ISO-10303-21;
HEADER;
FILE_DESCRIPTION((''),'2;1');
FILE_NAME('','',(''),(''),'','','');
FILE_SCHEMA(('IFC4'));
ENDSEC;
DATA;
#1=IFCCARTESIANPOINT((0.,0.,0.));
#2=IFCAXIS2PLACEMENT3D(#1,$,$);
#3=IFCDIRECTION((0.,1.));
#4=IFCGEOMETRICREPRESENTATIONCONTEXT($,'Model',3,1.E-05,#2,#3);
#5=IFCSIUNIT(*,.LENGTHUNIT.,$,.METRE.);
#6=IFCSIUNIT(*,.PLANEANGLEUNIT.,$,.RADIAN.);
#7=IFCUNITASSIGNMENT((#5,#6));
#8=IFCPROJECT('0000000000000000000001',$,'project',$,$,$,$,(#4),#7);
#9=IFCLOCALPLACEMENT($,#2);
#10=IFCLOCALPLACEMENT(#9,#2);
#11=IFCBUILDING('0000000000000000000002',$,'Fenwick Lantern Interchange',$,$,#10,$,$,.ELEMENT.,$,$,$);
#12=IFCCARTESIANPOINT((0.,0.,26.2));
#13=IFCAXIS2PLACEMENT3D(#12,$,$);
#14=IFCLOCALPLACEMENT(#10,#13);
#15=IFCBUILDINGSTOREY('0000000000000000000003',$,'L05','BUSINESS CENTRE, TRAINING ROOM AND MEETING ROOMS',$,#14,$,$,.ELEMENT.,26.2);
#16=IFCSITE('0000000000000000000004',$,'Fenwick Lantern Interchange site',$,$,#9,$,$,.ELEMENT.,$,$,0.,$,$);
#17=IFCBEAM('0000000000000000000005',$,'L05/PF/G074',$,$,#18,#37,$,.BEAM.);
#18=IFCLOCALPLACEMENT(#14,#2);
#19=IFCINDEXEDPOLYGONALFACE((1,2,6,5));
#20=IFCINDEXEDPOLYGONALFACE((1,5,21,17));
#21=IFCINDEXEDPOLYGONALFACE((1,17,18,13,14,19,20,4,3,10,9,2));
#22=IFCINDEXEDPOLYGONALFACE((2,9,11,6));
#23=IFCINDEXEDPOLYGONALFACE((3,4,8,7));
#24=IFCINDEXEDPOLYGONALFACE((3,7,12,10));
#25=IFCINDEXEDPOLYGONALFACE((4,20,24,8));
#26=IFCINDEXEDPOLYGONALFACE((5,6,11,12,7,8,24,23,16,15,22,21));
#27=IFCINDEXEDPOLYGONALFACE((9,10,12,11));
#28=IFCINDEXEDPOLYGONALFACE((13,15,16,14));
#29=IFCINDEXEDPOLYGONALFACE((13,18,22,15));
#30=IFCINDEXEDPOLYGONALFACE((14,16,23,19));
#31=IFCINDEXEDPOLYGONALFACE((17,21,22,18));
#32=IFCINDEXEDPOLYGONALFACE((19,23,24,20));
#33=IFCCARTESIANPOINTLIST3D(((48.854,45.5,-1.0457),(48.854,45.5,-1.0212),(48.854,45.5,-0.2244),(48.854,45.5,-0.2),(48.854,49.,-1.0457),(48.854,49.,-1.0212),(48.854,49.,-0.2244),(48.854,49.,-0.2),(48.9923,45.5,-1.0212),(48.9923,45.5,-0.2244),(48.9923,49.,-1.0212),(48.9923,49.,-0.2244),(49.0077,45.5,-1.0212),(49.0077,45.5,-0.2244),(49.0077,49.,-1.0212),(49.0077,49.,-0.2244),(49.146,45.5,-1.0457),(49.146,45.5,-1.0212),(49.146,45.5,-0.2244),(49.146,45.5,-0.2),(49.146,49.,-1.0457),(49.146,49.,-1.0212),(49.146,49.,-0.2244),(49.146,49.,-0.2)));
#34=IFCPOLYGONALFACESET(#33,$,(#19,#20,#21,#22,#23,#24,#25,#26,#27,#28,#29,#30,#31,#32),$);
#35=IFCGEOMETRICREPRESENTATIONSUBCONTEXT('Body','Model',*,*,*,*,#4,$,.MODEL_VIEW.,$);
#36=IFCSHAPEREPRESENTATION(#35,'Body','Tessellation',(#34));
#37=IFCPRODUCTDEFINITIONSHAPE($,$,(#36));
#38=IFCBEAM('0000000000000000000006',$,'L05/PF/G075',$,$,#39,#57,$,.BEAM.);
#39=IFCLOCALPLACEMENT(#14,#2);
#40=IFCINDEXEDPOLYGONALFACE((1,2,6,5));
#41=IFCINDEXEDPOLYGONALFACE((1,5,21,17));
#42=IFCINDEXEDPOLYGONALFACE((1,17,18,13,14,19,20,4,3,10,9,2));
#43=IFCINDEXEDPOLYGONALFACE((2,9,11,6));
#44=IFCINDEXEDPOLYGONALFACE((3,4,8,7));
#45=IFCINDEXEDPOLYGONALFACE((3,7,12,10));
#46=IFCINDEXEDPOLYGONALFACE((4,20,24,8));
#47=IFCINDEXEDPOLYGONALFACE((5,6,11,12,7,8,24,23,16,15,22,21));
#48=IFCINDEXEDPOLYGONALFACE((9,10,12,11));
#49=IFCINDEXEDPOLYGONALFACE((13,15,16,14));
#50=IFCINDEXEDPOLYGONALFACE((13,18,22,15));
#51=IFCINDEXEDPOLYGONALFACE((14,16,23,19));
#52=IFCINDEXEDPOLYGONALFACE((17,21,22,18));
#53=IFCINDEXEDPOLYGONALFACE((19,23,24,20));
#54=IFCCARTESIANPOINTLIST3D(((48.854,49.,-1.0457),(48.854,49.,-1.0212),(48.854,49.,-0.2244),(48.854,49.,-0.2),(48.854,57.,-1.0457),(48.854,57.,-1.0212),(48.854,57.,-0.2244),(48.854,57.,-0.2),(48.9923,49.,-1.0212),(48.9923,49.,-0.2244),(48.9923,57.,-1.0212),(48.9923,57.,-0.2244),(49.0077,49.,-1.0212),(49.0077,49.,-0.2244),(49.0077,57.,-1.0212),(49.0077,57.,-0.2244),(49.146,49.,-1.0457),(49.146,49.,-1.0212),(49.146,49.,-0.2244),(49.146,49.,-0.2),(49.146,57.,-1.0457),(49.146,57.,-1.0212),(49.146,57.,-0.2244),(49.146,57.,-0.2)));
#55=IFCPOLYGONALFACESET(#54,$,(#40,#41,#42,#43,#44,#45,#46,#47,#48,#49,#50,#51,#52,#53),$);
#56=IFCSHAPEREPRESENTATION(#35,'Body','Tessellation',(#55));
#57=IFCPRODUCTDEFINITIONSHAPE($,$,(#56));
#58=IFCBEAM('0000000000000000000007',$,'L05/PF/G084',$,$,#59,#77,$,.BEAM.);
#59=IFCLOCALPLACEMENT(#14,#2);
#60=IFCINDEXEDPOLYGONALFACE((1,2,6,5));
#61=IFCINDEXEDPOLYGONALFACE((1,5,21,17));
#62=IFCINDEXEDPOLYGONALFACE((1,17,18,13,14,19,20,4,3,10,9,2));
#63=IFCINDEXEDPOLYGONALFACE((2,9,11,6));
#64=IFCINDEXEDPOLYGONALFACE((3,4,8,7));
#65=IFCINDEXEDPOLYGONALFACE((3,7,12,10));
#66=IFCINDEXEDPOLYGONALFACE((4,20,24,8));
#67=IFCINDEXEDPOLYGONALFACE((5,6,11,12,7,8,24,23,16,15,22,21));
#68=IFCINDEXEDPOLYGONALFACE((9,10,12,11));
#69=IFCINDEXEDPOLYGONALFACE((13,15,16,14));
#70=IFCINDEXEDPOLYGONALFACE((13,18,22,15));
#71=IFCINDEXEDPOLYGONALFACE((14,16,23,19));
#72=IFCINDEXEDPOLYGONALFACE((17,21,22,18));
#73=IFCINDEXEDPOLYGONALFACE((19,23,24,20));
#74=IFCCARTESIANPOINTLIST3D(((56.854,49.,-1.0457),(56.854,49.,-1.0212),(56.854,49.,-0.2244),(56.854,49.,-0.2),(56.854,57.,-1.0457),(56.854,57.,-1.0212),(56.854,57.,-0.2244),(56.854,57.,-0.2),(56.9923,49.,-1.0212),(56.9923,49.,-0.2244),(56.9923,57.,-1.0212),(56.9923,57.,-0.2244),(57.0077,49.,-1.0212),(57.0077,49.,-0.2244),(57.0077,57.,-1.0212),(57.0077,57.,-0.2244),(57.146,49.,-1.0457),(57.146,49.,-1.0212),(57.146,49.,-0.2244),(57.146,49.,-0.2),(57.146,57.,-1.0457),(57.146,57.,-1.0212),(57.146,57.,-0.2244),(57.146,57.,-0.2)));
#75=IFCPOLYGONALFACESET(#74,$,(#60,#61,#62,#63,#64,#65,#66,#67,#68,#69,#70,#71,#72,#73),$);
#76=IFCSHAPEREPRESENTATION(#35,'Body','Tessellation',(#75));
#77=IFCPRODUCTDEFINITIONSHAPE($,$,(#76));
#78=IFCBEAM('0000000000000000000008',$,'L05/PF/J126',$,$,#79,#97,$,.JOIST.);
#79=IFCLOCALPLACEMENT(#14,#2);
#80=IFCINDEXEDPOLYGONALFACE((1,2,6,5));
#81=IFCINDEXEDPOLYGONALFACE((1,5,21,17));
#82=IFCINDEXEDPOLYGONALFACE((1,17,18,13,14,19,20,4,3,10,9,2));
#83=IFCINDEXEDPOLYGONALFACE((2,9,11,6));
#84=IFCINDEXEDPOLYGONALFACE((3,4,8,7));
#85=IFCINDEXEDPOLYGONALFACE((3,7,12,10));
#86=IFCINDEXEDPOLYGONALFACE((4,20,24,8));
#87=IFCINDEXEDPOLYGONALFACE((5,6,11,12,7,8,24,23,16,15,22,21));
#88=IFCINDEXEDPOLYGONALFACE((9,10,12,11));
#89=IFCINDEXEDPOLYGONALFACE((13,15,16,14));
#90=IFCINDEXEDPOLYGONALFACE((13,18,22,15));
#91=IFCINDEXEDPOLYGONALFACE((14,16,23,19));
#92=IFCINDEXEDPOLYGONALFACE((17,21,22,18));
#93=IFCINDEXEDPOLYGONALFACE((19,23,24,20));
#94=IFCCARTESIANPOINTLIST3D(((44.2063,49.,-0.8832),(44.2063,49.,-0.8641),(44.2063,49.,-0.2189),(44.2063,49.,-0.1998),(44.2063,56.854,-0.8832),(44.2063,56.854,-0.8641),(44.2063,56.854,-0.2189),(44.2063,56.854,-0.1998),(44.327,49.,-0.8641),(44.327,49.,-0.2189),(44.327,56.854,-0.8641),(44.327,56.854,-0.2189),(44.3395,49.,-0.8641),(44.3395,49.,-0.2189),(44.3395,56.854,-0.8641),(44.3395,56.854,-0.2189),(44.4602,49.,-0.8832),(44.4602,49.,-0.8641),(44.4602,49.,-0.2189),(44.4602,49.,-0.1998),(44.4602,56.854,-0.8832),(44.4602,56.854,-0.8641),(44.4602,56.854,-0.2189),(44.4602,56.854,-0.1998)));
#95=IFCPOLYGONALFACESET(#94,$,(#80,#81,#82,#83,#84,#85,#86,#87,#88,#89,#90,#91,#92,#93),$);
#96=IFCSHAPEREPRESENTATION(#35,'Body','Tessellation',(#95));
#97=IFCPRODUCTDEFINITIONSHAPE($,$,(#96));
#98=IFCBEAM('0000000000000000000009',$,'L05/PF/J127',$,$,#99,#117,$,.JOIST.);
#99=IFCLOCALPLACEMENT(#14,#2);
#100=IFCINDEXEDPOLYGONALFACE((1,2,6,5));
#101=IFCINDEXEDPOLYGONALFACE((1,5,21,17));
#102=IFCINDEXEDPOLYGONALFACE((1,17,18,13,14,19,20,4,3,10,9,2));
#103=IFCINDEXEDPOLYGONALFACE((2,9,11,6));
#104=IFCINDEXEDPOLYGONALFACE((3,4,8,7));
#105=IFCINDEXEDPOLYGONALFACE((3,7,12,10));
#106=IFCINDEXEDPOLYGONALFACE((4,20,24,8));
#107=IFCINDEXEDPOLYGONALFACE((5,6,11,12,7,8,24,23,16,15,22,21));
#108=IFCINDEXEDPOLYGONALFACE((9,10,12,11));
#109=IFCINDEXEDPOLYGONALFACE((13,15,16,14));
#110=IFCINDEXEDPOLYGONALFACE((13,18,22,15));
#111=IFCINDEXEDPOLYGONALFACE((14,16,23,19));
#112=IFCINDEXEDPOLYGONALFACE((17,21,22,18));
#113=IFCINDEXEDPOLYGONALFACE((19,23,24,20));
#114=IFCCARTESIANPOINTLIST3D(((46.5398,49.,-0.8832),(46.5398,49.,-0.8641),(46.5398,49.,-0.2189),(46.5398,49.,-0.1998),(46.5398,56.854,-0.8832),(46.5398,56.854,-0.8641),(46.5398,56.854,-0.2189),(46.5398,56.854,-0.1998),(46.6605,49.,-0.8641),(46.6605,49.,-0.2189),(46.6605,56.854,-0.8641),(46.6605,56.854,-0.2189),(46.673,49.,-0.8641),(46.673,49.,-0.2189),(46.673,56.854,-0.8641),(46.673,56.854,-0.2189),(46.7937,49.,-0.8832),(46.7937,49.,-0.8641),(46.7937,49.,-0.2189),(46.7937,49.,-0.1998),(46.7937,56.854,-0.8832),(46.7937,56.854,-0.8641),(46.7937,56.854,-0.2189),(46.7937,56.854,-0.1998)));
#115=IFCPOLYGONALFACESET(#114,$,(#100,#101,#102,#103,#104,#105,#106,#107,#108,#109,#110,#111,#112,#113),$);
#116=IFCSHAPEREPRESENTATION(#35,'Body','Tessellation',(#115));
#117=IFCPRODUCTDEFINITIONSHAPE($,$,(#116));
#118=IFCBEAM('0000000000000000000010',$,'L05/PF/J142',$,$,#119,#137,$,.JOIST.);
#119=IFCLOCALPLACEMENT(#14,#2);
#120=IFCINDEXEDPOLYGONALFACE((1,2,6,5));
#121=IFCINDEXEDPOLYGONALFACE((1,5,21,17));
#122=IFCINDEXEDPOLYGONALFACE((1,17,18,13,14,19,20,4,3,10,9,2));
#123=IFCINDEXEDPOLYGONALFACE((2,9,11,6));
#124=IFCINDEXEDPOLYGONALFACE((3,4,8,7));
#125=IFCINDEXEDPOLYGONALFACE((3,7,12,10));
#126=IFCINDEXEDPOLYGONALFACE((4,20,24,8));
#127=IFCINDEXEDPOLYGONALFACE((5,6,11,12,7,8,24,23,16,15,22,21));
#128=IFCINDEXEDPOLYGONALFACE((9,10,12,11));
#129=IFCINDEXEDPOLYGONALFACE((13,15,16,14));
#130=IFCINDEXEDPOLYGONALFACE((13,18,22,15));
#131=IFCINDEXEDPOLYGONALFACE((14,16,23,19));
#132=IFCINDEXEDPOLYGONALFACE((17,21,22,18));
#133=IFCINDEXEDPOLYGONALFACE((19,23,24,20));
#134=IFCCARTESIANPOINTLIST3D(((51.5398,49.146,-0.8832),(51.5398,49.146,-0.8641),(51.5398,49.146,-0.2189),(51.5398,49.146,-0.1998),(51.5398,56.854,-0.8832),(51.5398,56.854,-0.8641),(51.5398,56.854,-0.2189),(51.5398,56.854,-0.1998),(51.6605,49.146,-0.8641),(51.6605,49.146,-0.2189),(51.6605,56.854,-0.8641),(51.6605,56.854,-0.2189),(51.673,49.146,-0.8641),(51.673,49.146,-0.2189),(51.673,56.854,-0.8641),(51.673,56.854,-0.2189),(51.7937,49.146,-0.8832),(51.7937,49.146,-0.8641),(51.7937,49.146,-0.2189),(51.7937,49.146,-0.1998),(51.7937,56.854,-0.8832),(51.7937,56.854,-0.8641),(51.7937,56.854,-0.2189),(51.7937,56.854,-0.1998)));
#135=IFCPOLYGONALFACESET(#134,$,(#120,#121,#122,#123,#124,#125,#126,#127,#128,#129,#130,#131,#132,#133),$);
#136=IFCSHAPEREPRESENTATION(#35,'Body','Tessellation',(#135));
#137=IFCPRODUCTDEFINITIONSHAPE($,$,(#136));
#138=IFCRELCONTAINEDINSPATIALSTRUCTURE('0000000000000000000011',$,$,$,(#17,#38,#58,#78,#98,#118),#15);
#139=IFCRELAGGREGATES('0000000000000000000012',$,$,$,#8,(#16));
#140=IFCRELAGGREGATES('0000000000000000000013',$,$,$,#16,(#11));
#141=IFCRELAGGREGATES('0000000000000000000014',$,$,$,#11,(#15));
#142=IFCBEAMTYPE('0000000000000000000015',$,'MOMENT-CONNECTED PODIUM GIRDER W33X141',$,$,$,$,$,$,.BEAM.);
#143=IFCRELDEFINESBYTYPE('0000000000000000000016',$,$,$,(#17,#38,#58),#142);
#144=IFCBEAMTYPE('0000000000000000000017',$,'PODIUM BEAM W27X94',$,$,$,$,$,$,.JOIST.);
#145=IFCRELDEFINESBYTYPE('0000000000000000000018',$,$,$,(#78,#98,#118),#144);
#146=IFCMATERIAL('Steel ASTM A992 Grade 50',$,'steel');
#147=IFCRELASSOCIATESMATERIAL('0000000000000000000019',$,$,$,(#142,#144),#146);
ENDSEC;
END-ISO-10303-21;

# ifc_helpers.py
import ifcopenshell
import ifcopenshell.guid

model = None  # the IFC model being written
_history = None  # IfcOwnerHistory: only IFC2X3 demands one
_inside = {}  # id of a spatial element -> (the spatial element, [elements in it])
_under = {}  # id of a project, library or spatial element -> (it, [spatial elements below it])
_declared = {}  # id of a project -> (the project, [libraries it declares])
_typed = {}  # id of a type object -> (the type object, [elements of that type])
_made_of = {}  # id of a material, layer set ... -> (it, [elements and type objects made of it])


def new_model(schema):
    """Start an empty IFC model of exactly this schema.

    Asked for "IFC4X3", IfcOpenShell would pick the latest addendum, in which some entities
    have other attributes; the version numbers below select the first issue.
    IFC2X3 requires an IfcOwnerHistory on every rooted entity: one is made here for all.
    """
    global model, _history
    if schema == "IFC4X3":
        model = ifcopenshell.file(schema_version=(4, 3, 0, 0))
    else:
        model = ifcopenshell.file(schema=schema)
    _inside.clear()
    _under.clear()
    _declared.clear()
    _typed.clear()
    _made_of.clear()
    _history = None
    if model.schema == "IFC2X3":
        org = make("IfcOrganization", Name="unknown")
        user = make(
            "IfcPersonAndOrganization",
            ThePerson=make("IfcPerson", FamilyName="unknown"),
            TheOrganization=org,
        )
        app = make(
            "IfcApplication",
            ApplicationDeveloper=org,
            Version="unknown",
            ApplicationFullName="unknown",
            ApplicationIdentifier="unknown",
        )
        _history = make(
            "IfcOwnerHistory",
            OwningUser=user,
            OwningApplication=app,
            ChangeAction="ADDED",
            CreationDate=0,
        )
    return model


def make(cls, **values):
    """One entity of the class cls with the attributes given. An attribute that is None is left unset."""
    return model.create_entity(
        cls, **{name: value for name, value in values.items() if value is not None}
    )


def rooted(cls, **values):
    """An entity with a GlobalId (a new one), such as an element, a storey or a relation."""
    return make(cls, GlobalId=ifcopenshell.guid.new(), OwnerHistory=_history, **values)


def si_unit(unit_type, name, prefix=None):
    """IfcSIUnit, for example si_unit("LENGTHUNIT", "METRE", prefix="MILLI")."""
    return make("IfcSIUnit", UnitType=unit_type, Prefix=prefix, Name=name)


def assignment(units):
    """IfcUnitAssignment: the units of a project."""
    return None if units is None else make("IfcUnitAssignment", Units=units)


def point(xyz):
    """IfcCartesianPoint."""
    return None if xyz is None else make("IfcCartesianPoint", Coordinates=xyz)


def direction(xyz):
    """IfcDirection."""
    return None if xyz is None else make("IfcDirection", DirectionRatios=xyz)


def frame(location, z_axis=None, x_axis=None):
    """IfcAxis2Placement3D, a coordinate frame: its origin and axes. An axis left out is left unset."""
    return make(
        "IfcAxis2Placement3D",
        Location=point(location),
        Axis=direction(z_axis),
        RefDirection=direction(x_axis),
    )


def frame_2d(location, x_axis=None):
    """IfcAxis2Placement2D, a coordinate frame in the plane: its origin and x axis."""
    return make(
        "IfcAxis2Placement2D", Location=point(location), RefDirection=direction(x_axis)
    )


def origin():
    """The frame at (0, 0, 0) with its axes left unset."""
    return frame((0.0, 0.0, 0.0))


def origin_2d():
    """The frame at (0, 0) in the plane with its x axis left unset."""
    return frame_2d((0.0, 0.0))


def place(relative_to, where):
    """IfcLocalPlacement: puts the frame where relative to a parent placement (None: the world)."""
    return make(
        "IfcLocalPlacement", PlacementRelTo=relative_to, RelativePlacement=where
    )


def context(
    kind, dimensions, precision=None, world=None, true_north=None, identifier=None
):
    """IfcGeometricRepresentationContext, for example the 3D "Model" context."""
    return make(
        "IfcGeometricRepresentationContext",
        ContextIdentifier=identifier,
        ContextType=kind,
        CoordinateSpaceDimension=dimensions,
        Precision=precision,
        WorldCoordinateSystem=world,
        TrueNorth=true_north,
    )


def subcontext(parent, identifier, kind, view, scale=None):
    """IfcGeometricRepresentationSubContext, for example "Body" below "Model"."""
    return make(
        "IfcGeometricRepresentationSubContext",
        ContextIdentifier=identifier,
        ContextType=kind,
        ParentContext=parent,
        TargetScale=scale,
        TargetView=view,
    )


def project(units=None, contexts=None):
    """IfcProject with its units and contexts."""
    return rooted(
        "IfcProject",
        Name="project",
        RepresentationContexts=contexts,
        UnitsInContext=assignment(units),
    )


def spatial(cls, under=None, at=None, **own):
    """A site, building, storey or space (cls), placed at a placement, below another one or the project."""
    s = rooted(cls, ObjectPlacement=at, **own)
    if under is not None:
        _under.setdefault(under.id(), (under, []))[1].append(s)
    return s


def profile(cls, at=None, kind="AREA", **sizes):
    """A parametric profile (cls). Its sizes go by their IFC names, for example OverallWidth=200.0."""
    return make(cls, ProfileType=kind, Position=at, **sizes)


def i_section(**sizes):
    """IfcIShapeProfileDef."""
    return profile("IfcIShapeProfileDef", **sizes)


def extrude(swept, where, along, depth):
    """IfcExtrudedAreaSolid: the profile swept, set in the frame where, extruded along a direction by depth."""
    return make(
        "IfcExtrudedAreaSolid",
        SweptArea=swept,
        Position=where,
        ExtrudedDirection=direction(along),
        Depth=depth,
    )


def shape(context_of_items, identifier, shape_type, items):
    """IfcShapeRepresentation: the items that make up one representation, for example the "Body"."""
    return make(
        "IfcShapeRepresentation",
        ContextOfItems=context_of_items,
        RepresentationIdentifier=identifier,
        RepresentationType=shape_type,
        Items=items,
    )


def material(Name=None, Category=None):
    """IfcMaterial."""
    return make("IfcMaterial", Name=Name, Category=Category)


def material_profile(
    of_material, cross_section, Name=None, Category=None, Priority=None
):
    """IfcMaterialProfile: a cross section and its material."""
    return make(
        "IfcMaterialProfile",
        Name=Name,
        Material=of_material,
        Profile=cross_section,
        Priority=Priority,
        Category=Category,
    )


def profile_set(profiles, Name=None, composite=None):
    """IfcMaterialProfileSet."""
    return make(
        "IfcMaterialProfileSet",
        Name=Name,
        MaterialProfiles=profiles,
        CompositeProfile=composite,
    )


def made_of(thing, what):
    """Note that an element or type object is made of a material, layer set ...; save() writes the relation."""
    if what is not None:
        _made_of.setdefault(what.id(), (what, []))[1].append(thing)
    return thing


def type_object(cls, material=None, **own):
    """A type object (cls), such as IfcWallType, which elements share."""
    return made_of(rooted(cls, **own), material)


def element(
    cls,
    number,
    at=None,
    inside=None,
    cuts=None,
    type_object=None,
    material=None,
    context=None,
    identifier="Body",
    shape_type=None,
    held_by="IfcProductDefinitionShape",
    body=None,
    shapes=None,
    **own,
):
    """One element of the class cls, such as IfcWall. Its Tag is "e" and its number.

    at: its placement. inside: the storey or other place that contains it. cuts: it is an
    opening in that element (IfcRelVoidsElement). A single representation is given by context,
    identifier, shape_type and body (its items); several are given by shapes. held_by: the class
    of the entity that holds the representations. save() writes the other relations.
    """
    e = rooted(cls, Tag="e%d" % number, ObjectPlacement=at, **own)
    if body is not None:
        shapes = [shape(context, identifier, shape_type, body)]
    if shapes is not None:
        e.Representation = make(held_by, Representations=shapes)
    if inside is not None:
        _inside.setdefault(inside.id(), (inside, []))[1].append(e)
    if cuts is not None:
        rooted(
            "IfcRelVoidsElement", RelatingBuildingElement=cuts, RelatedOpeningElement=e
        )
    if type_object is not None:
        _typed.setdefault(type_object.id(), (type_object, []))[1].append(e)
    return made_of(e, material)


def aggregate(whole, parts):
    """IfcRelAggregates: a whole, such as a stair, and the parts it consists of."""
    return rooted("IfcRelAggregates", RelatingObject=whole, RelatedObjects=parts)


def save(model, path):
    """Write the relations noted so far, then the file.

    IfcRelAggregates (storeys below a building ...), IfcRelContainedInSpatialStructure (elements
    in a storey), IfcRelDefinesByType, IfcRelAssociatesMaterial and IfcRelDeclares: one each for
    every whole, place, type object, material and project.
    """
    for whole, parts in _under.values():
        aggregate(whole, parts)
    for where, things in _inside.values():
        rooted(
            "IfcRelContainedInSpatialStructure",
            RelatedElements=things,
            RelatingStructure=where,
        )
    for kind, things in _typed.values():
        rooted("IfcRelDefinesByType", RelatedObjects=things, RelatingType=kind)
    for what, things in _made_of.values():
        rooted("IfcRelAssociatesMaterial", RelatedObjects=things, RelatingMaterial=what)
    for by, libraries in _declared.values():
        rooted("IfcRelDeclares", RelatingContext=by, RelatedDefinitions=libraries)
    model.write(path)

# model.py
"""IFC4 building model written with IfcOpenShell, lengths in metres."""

from ifc_helpers import new_model, si_unit, direction, frame, origin, origin_2d, place, context, subcontext, project, spatial, i_section, extrude, material, material_profile, profile_set, type_object, element, save


model = new_model("IFC4")

# Units and contexts
model_context = context("Model", 3, precision=1e-05, world=origin(), true_north=direction((0.0, 1.0)))
body_context = subcontext(model_context, "Body", "Model", "MODEL_VIEW")
ifc_project = project(units=[si_unit("LENGTHUNIT", "METRE"), si_unit("PLANEANGLEUNIT", "RADIAN")], contexts=[model_context])

# Site, building, storey
site_placement = place(None, origin())
site = spatial("IfcSite", under=ifc_project, at=site_placement, Name="Fenwick Lantern Interchange site", CompositionType="ELEMENT", RefElevation=0.0)
building_placement = place(site_placement, origin())
building = spatial("IfcBuilding", under=site, at=building_placement, Name="Fenwick Lantern Interchange", CompositionType="ELEMENT")
storey_placement = place(building_placement, frame((0.0, 0.0, 26.2)))
storey = spatial("IfcBuildingStorey", under=building, at=storey_placement, Name="L05", Description="BUSINESS CENTRE, TRAINING ROOM AND MEETING ROOMS", CompositionType="ELEMENT", Elevation=26.2)

# Shared definitions
ifc_material_1 = material(Name="Steel ASTM A992 Grade 50", Category="steel")

# Beams
ifc_material_profile_1 = material_profile(ifc_material_1, i_section(OverallWidth=0.292, OverallDepth=0.8457, WebThickness=0.0154, FlangeThickness=0.0244, at=origin_2d()), Name="W33X141")
ifc_profile_set_1 = profile_set([ifc_material_profile_1], Name="Steel ASTM A992 Grade 50")
beam_type_1 = type_object("IfcBeamType", Name="MOMENT-CONNECTED PODIUM GIRDER W33X141", PredefinedType="BEAM", material=ifc_profile_set_1)
beam_1_placement = place(storey_placement, frame((49.0, 45.5, -0.6228), z_axis=(0.0, 1.0, 0.0), x_axis=(-1.0, 0.0, 0.0)))
element("IfcBeam", 1, at=beam_1_placement, inside=storey, type_object=beam_type_1, Name="L05/PF/G074", PredefinedType="BEAM", context=body_context, shape_type="SweptSolid", body=[
    extrude(i_section(OverallWidth=0.292, OverallDepth=0.8457, WebThickness=0.0154, FlangeThickness=0.0244, at=origin_2d()), origin(), (0.0, 0.0, 1.0), 3.5),
])
for number, where, z_axis, x_axis, name in (
    (2, (49.0, 49.0, -0.6228), (0.0, 1.0, 0.0), (-1.0, 0.0, 0.0), "L05/PF/G075"),
    (3, (57.0, 49.0, -0.6228), (0.0, 1.0, 0.0), (-1.0, 0.0, 0.0), "L05/PF/G084"),
):
    element("IfcBeam", number, at=place(storey_placement, frame(where, z_axis=z_axis, x_axis=x_axis)), inside=storey, type_object=beam_type_1, Name=name, PredefinedType="BEAM", context=body_context, shape_type="SweptSolid", body=[
        extrude(i_section(OverallWidth=0.292, OverallDepth=0.8457, WebThickness=0.0154, FlangeThickness=0.0244, at=origin_2d()), origin(), (0.0, 0.0, 1.0), 8.0),
    ])
ifc_material_profile_2 = material_profile(ifc_material_1, i_section(OverallWidth=0.2539, OverallDepth=0.6833, WebThickness=0.0125, FlangeThickness=0.019, at=origin_2d()), Name="W27X94")
ifc_profile_set_2 = profile_set([ifc_material_profile_2], Name="Steel ASTM A992 Grade 50")
beam_type_2 = type_object("IfcBeamType", Name="PODIUM BEAM W27X94", PredefinedType="JOIST", material=ifc_profile_set_2)
for number, where, z_axis, x_axis, name in (
    (4, (44.3333, 49.0, -0.5415), (0.0, 1.0, 0.0), (-1.0, 0.0, 0.0), "L05/PF/J126"),
    (5, (46.6667, 49.0, -0.5415), (0.0, 1.0, 0.0), (-1.0, 0.0, 0.0), "L05/PF/J127"),
):
    element("IfcBeam", number, at=place(storey_placement, frame(where, z_axis=z_axis, x_axis=x_axis)), inside=storey, type_object=beam_type_2, Name=name, PredefinedType="JOIST", context=body_context, shape_type="SweptSolid", body=[
        extrude(i_section(OverallWidth=0.2539, OverallDepth=0.6833, WebThickness=0.0125, FlangeThickness=0.019, at=origin_2d()), origin(), (0.0, 0.0, 1.0), 7.854),
    ])
beam_2_placement = place(storey_placement, frame((51.6667, 49.146, -0.5415), z_axis=(0.0, 1.0, 0.0), x_axis=(-1.0, 0.0, 0.0)))
element("IfcBeam", 6, at=beam_2_placement, inside=storey, type_object=beam_type_2, Name="L05/PF/J142", PredefinedType="JOIST", context=body_context, shape_type="SweptSolid", body=[
    extrude(i_section(OverallWidth=0.2539, OverallDepth=0.6833, WebThickness=0.0125, FlangeThickness=0.019, at=origin_2d()), origin(), (0.0, 0.0, 1.0), 7.708),
])

save(model, "model.ifc")
